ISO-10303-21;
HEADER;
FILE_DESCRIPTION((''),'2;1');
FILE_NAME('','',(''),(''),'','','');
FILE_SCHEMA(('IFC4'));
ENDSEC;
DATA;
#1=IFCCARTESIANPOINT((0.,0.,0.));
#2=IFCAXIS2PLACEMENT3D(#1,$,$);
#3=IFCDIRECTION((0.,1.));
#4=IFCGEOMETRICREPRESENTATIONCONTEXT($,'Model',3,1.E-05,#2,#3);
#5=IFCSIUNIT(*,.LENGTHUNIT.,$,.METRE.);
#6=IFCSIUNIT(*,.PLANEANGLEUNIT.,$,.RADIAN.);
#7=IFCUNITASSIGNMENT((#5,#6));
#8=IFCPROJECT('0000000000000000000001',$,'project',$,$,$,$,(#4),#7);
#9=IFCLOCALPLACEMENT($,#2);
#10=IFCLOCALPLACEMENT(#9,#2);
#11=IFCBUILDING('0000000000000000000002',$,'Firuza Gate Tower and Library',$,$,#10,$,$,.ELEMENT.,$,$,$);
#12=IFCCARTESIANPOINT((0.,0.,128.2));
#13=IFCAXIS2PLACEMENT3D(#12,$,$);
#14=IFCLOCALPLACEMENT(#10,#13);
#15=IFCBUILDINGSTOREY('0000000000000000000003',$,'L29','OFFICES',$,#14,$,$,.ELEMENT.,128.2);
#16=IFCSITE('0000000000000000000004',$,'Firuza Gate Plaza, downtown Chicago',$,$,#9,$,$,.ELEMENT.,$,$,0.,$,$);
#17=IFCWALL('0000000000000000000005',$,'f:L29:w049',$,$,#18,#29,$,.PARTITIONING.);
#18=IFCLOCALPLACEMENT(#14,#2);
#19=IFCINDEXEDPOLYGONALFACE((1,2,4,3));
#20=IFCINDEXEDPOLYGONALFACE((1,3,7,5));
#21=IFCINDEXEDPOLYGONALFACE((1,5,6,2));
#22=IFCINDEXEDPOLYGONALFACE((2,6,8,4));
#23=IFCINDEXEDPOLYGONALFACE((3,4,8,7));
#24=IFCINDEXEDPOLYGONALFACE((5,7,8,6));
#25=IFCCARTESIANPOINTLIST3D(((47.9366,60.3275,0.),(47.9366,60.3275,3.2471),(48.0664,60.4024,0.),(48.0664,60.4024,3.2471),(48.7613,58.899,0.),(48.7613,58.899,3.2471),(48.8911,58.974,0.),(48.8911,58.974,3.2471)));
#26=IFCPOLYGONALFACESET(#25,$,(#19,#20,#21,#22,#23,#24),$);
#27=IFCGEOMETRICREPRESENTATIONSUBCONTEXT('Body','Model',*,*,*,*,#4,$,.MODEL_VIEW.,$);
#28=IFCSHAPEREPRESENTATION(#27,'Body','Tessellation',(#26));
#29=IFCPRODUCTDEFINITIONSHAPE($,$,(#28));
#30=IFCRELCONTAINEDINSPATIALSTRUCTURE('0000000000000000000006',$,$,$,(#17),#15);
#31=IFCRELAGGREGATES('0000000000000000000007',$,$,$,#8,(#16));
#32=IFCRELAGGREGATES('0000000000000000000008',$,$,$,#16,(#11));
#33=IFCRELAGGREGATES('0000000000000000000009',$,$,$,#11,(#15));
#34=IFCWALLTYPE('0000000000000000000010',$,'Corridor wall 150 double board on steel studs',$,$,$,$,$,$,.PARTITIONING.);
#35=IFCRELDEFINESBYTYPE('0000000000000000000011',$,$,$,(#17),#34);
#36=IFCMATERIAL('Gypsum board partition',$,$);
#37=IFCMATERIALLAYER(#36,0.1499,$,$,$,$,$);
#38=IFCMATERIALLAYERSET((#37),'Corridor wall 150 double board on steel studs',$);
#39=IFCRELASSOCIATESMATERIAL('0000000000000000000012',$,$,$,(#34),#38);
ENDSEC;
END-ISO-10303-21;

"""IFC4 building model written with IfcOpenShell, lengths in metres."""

from ifc_helpers import new_model, si_unit, direction, frame, frame_2d, origin, place, context, subcontext, project, spatial, rectangle, extrude, material, layer, layer_set, type_object, element, save


model = new_model("IFC4")

# Units and contexts
model_context = context("Model", 3, precision=1e-05, world=origin(), true_north=direction((0.0, 1.0)))
body_context = subcontext(model_context, "Body", "Model", "MODEL_VIEW")
ifc_project = project(units=[si_unit("LENGTHUNIT", "METRE"), si_unit("PLANEANGLEUNIT", "RADIAN")], contexts=[model_context])

# Site, building, storey
site_placement = place(None, origin())
site = spatial("IfcSite", under=ifc_project, at=site_placement, Name="Firuza Gate Plaza, downtown Chicago", CompositionType="ELEMENT", RefElevation=0.0)
building_placement = place(site_placement, origin())
building = spatial("IfcBuilding", under=site, at=building_placement, Name="Firuza Gate Tower and Library", CompositionType="ELEMENT")
storey_placement = place(building_placement, frame((0.0, 0.0, 128.2)))
storey = spatial("IfcBuildingStorey", under=building, at=storey_placement, Name="L29", Description="OFFICES", CompositionType="ELEMENT", Elevation=128.2)

# Wall
ifc_material_1 = material(Name="Gypsum board partition")
ifc_layer_1 = layer(ifc_material_1, 0.1499)
ifc_layer_set_1 = layer_set([ifc_layer_1], Name="Corridor wall 150 double board on steel studs")
wall_type = type_object("IfcWallType", Name="Corridor wall 150 double board on steel studs", PredefinedType="PARTITIONING", material=ifc_layer_set_1)
wall_1_placement = place(storey_placement, frame((48.8262, 58.9365, 0.0), z_axis=(0.0, 0.0, 1.0), x_axis=(-0.499992, 0.86603, 0.0)))
element("IfcWall", 1, at=wall_1_placement, inside=storey, type_object=wall_type, Name="f:L29:w049", PredefinedType="PARTITIONING", context=body_context, shape_type="SweptSolid", body=[
    extrude(rectangle(XDim=1.6494, YDim=0.1499, at=frame_2d((0.8247, 0.0))), origin(), (0.0, 0.0, 1.0), 3.2471),
])

save(model, "model.ifc")
